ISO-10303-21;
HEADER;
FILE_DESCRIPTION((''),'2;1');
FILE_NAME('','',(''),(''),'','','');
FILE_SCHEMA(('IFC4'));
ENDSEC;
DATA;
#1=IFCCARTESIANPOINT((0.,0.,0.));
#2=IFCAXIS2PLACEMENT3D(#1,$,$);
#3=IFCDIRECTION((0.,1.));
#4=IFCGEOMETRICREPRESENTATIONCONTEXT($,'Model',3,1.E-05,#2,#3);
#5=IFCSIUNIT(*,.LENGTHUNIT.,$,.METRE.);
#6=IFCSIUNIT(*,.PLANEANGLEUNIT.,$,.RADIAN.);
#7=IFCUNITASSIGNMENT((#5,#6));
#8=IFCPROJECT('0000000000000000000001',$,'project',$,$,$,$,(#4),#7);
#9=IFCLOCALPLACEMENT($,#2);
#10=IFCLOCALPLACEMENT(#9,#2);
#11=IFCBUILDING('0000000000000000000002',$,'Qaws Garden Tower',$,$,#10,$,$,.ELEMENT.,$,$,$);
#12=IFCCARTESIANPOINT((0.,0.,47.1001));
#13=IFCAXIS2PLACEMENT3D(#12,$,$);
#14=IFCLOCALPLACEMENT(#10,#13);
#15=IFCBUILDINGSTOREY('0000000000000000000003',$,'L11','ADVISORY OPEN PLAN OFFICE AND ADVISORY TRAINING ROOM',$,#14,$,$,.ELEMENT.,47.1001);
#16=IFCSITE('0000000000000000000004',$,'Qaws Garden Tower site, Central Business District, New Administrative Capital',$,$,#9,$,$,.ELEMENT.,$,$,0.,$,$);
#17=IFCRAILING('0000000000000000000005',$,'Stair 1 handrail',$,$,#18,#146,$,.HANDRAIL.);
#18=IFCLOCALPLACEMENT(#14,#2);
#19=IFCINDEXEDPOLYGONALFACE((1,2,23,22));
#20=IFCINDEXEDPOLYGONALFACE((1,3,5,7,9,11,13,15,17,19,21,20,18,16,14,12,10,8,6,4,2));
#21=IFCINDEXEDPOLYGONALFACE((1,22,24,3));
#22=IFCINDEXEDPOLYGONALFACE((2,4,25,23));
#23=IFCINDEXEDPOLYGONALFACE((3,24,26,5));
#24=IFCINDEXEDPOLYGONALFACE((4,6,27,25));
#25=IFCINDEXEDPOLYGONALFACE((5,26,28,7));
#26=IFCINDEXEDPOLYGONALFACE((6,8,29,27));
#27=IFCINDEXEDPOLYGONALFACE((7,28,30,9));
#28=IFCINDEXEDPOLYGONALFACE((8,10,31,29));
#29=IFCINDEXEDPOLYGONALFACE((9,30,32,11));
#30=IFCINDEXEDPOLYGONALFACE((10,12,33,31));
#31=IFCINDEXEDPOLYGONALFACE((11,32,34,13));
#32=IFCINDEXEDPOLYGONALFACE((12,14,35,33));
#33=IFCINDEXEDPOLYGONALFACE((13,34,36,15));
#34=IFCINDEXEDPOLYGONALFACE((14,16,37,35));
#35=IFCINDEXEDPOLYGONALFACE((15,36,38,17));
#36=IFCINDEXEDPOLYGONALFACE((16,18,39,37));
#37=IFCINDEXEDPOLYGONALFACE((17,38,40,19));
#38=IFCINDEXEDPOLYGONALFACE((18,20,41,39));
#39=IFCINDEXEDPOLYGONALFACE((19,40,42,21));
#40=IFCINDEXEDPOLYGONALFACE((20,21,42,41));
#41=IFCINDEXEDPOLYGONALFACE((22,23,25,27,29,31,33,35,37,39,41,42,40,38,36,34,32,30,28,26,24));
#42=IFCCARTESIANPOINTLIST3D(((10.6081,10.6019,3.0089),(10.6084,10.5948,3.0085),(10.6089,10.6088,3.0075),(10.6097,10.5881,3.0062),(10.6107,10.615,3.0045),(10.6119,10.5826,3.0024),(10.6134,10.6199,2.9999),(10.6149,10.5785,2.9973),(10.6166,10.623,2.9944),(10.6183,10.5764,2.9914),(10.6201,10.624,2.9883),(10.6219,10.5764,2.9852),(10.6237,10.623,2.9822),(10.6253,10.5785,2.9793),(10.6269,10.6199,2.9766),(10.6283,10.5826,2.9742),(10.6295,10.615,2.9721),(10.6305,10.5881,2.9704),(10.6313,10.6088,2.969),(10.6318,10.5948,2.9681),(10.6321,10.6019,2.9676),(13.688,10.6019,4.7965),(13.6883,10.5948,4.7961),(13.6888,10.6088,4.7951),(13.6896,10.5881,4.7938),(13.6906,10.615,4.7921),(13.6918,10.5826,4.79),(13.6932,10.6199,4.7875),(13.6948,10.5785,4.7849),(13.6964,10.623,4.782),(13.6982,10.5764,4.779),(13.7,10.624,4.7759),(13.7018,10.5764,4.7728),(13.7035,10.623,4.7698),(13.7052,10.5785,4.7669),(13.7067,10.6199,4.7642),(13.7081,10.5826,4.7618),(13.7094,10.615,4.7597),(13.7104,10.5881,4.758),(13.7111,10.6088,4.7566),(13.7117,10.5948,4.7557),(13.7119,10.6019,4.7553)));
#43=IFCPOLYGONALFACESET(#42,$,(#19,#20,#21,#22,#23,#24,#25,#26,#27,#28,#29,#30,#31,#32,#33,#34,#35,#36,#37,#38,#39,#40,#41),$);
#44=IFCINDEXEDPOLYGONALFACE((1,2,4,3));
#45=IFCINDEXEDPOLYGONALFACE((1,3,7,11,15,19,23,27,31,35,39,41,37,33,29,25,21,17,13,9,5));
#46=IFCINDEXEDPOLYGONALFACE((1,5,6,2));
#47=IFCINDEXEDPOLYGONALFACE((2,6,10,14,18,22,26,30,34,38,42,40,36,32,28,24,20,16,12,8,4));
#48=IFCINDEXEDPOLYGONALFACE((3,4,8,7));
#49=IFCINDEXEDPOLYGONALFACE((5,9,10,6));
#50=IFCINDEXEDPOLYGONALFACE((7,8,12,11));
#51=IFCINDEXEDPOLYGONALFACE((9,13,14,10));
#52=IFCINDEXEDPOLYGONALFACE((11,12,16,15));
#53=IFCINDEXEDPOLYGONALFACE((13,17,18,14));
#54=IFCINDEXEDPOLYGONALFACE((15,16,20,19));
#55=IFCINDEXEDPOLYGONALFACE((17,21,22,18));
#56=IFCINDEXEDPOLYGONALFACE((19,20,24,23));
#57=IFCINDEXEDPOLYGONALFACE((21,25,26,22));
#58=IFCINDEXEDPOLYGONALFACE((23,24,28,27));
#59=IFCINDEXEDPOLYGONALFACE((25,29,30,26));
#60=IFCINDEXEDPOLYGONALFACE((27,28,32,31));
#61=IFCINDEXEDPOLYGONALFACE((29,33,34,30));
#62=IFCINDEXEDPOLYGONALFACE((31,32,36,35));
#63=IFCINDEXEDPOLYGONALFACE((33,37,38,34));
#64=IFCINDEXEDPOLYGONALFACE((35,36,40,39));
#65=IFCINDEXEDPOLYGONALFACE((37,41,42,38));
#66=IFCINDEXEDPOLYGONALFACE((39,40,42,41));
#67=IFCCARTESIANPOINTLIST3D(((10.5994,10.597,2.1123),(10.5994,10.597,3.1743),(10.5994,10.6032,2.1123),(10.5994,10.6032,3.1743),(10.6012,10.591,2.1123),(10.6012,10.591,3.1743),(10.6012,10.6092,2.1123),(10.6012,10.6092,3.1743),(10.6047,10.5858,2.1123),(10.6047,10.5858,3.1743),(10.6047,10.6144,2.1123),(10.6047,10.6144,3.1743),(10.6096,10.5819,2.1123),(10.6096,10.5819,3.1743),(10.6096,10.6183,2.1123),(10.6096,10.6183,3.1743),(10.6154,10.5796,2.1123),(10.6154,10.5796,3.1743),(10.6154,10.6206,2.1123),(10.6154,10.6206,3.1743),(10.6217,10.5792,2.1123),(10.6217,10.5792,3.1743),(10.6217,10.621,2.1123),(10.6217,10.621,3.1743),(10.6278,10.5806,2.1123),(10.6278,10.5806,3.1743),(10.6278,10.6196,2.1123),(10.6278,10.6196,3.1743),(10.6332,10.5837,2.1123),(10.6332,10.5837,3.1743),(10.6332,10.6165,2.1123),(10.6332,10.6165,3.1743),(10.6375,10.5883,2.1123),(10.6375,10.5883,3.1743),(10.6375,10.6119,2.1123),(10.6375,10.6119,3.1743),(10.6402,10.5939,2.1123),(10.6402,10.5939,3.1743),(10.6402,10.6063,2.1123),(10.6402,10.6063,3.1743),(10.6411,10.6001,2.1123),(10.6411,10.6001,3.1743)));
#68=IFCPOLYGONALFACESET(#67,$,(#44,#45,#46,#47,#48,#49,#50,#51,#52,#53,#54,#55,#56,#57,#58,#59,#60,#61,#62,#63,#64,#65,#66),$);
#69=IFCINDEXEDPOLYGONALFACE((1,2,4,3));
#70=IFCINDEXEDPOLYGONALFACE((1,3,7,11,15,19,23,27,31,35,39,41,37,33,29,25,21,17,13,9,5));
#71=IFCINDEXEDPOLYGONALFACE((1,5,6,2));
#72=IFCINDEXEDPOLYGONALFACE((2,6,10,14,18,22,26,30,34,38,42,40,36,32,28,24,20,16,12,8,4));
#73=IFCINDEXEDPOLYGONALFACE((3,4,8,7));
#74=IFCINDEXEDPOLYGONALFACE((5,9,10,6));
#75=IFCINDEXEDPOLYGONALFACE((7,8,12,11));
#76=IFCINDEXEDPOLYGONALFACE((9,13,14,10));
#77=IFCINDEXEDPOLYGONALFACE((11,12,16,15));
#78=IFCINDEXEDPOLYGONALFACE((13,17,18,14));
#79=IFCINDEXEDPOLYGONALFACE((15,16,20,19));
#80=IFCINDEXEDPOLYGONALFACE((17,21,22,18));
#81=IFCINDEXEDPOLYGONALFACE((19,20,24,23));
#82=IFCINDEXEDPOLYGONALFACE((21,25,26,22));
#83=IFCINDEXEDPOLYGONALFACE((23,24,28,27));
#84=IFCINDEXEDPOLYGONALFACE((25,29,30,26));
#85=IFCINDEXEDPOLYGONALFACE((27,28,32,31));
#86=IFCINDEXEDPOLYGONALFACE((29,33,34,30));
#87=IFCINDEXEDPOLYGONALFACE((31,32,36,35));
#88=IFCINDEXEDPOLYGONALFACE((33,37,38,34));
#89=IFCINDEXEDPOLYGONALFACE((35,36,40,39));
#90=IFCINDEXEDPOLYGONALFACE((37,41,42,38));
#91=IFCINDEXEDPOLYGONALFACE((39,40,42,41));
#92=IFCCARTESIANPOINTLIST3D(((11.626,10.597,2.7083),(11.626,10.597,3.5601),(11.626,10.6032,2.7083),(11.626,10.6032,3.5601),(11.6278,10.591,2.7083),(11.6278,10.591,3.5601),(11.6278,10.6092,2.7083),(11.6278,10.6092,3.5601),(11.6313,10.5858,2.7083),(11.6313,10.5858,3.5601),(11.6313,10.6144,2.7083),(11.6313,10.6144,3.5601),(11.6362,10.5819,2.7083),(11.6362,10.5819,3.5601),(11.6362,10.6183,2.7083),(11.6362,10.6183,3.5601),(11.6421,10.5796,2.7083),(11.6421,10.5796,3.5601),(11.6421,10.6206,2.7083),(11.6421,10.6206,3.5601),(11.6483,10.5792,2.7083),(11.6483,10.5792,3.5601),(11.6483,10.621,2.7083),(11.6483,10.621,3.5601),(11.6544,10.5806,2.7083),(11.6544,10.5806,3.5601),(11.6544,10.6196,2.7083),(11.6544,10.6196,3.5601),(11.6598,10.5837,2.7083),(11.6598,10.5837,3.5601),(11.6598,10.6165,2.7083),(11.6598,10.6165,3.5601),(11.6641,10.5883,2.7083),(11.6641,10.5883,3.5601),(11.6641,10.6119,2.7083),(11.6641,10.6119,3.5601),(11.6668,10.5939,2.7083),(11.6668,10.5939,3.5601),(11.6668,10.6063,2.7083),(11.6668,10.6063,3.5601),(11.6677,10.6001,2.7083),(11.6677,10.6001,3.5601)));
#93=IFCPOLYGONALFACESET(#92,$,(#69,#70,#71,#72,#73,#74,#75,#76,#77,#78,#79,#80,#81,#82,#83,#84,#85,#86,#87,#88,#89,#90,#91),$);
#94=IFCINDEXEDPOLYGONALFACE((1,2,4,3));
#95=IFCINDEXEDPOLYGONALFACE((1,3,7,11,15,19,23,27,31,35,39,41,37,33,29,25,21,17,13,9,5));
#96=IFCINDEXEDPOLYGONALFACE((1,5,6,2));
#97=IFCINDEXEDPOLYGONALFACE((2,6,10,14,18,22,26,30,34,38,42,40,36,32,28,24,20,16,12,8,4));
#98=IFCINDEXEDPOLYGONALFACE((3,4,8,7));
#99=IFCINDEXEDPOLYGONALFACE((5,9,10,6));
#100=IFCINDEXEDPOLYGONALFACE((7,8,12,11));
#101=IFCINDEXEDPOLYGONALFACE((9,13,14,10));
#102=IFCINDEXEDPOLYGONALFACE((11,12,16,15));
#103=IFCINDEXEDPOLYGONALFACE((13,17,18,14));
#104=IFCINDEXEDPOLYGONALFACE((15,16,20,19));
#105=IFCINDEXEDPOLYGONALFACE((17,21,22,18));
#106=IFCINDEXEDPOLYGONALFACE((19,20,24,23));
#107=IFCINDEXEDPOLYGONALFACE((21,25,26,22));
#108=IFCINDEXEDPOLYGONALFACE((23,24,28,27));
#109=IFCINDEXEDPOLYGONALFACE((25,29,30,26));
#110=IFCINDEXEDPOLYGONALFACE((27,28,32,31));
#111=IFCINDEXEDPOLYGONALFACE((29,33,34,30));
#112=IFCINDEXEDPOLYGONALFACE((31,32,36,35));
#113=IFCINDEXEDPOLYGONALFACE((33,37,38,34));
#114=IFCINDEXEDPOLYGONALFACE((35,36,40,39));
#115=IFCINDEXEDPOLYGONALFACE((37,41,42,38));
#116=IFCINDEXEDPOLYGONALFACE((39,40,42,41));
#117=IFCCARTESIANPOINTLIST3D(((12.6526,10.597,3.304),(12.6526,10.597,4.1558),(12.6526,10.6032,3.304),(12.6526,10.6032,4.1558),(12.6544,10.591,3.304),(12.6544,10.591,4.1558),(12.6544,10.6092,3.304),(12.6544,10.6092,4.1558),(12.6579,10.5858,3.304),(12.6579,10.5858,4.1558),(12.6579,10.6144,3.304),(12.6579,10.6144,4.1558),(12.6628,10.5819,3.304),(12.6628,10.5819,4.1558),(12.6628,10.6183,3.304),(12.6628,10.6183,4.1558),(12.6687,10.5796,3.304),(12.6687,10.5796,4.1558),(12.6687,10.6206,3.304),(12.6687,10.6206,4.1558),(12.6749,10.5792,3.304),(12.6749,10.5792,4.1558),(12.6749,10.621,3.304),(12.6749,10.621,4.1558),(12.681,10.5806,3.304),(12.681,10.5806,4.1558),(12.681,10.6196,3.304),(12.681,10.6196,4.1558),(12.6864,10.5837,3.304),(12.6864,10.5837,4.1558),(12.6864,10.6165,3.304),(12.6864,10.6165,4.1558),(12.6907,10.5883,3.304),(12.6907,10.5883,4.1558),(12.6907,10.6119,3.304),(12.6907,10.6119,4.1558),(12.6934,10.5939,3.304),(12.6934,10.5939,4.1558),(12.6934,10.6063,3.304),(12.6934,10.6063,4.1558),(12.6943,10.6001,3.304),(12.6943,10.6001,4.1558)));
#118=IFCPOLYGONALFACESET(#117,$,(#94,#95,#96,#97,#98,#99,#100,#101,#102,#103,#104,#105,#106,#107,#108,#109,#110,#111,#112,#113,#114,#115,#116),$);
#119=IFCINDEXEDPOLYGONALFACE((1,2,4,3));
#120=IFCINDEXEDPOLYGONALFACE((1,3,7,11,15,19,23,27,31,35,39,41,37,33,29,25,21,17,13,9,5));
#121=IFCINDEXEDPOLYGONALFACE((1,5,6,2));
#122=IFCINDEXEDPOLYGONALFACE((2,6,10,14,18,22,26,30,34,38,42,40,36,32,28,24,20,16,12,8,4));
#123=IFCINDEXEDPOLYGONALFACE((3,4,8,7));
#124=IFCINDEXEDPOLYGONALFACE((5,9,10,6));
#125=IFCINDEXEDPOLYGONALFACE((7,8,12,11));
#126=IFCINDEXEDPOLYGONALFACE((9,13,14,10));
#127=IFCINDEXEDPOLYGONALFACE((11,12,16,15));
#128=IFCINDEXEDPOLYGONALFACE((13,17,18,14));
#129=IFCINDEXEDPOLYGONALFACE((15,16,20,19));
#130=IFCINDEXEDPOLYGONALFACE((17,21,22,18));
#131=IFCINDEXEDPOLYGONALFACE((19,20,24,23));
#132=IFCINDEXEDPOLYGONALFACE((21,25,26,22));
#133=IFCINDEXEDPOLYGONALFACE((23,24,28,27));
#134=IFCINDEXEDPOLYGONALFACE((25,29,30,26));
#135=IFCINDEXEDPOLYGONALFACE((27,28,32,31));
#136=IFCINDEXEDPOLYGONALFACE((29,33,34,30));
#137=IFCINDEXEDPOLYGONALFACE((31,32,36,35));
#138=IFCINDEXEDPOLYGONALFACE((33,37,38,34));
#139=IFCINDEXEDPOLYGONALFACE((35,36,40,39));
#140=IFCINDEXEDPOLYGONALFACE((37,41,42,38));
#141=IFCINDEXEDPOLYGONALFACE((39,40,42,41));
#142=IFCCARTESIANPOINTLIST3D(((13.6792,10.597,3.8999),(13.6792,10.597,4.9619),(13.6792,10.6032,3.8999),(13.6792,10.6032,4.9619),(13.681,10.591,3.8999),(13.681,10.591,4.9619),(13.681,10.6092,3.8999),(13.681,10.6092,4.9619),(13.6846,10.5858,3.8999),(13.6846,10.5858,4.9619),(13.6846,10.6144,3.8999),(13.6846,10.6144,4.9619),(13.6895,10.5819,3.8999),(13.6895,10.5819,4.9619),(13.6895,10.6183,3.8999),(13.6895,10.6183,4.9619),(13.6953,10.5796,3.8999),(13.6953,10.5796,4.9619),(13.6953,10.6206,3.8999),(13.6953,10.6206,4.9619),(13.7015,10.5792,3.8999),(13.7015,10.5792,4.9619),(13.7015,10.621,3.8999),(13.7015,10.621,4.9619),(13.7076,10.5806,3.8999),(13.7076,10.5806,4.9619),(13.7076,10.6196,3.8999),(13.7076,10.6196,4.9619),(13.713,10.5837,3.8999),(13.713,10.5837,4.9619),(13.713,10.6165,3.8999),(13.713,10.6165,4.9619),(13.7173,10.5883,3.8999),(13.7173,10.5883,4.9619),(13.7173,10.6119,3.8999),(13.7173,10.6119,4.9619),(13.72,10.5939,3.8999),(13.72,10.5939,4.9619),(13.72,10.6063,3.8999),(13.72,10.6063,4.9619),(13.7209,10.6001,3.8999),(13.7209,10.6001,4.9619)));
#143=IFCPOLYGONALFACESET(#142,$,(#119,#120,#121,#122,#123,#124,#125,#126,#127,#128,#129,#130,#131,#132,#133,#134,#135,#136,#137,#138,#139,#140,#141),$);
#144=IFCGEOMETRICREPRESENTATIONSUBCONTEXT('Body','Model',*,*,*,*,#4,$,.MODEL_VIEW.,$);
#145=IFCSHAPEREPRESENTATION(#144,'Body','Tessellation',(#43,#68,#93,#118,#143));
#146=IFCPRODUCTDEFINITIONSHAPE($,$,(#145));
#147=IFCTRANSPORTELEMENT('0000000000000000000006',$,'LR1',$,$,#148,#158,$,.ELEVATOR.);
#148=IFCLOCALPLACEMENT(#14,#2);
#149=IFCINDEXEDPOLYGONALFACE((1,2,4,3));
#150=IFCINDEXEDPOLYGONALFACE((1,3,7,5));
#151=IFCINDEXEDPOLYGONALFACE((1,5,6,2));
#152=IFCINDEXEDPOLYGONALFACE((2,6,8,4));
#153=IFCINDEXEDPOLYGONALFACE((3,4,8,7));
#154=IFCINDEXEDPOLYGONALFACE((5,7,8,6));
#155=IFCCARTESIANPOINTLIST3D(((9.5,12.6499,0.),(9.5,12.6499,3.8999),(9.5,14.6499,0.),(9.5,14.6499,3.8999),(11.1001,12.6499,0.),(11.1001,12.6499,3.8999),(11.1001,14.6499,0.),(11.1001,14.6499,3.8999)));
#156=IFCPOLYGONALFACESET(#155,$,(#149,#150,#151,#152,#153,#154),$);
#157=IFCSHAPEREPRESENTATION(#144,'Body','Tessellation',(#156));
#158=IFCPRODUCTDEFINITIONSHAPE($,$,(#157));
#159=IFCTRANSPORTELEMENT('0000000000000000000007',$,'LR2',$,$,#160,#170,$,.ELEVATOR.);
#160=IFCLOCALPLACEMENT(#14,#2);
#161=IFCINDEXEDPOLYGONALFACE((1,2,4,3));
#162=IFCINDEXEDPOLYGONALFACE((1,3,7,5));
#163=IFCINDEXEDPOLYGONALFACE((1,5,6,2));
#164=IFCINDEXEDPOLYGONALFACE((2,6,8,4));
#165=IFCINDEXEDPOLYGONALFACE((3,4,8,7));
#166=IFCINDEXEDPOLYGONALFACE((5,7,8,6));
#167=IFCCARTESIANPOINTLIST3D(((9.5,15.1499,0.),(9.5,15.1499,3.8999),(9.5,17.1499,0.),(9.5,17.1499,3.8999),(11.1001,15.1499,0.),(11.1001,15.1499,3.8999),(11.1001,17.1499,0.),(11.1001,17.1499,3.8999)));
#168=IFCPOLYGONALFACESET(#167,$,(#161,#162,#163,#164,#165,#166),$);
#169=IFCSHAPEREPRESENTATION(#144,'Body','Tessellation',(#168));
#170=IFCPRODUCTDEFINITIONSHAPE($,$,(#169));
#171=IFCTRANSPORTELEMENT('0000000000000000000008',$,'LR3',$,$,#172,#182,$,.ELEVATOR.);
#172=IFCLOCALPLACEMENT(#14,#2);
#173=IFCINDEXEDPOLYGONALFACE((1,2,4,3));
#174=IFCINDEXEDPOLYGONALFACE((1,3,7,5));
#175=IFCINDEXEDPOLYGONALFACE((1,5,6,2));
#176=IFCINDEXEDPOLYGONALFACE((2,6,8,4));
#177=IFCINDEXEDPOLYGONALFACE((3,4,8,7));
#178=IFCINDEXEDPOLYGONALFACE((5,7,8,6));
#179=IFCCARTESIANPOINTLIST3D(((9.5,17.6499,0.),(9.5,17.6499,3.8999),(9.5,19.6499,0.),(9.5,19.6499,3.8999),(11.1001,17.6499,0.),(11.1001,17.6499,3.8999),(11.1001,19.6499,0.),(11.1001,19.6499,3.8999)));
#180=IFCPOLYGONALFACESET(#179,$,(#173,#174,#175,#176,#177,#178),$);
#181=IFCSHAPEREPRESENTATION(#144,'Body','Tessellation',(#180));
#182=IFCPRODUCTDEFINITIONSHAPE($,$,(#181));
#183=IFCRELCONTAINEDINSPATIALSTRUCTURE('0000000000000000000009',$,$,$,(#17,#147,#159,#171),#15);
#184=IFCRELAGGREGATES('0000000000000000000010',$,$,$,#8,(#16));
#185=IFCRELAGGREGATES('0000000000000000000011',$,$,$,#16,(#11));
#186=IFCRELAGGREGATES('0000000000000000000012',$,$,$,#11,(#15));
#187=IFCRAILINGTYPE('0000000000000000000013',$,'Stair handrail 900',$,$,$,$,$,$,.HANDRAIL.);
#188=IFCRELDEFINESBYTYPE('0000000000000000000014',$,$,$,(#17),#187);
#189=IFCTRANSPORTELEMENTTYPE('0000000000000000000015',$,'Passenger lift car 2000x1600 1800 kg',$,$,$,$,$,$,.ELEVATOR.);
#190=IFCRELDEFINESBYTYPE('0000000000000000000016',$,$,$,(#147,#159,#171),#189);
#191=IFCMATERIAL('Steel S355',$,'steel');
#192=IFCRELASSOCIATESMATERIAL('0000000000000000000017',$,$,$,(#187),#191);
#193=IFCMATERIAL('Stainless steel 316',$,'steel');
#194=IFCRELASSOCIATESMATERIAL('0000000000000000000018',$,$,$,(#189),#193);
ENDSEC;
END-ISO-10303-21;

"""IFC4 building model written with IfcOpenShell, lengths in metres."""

from ifc_helpers import new_model, si_unit, direction, frame, origin, origin_2d, place, context, subcontext, project, spatial, rectangle, circle, extrude, material, type_object, element, save


model = new_model("IFC4")

# Units and contexts
model_context = context("Model", 3, precision=1e-05, world=origin(), true_north=direction((0.0, 1.0)))
body_context = subcontext(model_context, "Body", "Model", "MODEL_VIEW")
ifc_project = project(units=[si_unit("LENGTHUNIT", "METRE"), si_unit("PLANEANGLEUNIT", "RADIAN")], contexts=[model_context])

# Site, building, storey
site_placement = place(None, origin())
site = spatial("IfcSite", under=ifc_project, at=site_placement, Name="Qaws Garden Tower site, Central Business District, New Administrative Capital", CompositionType="ELEMENT", RefElevation=0.0)
building_placement = place(site_placement, origin())
building = spatial("IfcBuilding", under=site, at=building_placement, Name="Qaws Garden Tower", CompositionType="ELEMENT")
storey_placement = place(building_placement, frame((0.0, 0.0, 47.1001)))
storey = spatial("IfcBuildingStorey", under=building, at=storey_placement, Name="L11", Description="ADVISORY OPEN PLAN OFFICE AND ADVISORY TRAINING ROOM", CompositionType="ELEMENT", Elevation=47.1001)

# Railing
ifc_material_1 = material(Name="Steel S355", Category="steel")
railing_type = type_object("IfcRailingType", Name="Stair handrail 900", PredefinedType="HANDRAIL", material=ifc_material_1)
railing_1_placement = place(storey_placement, frame((10.6201, 10.6001, 2.1123)))
element("IfcRailing", 1, at=railing_1_placement, inside=storey, type_object=railing_type, Name="Stair 1 handrail", PredefinedType="HANDRAIL", context=body_context, shape_type="SweptSolid", body=[
    extrude(circle(Radius=0.0239, at=origin_2d()), frame((0.0, 0.0, 0.876), z_axis=(0.864873, 0.0, 0.50199), x_axis=(0.0, 1.0, 0.0)), (0.0, 0.0, 1.0), 3.561),
    extrude(circle(Radius=0.021, at=origin_2d()), origin(), (0.0, 0.0, 1.0), 1.062),
    extrude(circle(Radius=0.021, at=origin_2d()), frame((1.0266, 0.0, 0.5959)), (0.0, 0.0, 1.0), 0.8518),
    extrude(circle(Radius=0.021, at=origin_2d()), frame((2.0532, 0.0, 1.1917)), (0.0, 0.0, 1.0), 0.8518),
    extrude(circle(Radius=0.021, at=origin_2d()), frame((3.0798, 0.0, 1.7876)), (0.0, 0.0, 1.0), 1.062),
])

# Transport elements
ifc_material_2 = material(Name="Stainless steel 316", Category="steel")
transport_element_type = type_object("IfcTransportElementType", Name="Passenger lift car 2000x1600 1800 kg", PredefinedType="ELEVATOR", material=ifc_material_2)
for number, where, z_axis, x_axis, name in (
    (2, (10.3, 13.6499, 0.0), (0.0, 0.0, 1.0), (1.0, 0.0, 0.0), "LR1"),
    (3, (10.3, 16.1499, 0.0), (0.0, 0.0, 1.0), (1.0, 0.0, 0.0), "LR2"),
    (4, (10.3, 18.6499, 0.0), (0.0, 0.0, 1.0), (1.0, 0.0, 0.0), "LR3"),
):
    element("IfcTransportElement", number, at=place(storey_placement, frame(where, z_axis=z_axis, x_axis=x_axis)), inside=storey, type_object=transport_element_type, Name=name, PredefinedType="ELEVATOR", context=body_context, shape_type="SweptSolid", body=[
        extrude(rectangle(XDim=1.6001, YDim=2.0, at=origin_2d()), origin(), (0.0, 0.0, 1.0), 3.8999),
    ])

save(model, "model.ifc")
